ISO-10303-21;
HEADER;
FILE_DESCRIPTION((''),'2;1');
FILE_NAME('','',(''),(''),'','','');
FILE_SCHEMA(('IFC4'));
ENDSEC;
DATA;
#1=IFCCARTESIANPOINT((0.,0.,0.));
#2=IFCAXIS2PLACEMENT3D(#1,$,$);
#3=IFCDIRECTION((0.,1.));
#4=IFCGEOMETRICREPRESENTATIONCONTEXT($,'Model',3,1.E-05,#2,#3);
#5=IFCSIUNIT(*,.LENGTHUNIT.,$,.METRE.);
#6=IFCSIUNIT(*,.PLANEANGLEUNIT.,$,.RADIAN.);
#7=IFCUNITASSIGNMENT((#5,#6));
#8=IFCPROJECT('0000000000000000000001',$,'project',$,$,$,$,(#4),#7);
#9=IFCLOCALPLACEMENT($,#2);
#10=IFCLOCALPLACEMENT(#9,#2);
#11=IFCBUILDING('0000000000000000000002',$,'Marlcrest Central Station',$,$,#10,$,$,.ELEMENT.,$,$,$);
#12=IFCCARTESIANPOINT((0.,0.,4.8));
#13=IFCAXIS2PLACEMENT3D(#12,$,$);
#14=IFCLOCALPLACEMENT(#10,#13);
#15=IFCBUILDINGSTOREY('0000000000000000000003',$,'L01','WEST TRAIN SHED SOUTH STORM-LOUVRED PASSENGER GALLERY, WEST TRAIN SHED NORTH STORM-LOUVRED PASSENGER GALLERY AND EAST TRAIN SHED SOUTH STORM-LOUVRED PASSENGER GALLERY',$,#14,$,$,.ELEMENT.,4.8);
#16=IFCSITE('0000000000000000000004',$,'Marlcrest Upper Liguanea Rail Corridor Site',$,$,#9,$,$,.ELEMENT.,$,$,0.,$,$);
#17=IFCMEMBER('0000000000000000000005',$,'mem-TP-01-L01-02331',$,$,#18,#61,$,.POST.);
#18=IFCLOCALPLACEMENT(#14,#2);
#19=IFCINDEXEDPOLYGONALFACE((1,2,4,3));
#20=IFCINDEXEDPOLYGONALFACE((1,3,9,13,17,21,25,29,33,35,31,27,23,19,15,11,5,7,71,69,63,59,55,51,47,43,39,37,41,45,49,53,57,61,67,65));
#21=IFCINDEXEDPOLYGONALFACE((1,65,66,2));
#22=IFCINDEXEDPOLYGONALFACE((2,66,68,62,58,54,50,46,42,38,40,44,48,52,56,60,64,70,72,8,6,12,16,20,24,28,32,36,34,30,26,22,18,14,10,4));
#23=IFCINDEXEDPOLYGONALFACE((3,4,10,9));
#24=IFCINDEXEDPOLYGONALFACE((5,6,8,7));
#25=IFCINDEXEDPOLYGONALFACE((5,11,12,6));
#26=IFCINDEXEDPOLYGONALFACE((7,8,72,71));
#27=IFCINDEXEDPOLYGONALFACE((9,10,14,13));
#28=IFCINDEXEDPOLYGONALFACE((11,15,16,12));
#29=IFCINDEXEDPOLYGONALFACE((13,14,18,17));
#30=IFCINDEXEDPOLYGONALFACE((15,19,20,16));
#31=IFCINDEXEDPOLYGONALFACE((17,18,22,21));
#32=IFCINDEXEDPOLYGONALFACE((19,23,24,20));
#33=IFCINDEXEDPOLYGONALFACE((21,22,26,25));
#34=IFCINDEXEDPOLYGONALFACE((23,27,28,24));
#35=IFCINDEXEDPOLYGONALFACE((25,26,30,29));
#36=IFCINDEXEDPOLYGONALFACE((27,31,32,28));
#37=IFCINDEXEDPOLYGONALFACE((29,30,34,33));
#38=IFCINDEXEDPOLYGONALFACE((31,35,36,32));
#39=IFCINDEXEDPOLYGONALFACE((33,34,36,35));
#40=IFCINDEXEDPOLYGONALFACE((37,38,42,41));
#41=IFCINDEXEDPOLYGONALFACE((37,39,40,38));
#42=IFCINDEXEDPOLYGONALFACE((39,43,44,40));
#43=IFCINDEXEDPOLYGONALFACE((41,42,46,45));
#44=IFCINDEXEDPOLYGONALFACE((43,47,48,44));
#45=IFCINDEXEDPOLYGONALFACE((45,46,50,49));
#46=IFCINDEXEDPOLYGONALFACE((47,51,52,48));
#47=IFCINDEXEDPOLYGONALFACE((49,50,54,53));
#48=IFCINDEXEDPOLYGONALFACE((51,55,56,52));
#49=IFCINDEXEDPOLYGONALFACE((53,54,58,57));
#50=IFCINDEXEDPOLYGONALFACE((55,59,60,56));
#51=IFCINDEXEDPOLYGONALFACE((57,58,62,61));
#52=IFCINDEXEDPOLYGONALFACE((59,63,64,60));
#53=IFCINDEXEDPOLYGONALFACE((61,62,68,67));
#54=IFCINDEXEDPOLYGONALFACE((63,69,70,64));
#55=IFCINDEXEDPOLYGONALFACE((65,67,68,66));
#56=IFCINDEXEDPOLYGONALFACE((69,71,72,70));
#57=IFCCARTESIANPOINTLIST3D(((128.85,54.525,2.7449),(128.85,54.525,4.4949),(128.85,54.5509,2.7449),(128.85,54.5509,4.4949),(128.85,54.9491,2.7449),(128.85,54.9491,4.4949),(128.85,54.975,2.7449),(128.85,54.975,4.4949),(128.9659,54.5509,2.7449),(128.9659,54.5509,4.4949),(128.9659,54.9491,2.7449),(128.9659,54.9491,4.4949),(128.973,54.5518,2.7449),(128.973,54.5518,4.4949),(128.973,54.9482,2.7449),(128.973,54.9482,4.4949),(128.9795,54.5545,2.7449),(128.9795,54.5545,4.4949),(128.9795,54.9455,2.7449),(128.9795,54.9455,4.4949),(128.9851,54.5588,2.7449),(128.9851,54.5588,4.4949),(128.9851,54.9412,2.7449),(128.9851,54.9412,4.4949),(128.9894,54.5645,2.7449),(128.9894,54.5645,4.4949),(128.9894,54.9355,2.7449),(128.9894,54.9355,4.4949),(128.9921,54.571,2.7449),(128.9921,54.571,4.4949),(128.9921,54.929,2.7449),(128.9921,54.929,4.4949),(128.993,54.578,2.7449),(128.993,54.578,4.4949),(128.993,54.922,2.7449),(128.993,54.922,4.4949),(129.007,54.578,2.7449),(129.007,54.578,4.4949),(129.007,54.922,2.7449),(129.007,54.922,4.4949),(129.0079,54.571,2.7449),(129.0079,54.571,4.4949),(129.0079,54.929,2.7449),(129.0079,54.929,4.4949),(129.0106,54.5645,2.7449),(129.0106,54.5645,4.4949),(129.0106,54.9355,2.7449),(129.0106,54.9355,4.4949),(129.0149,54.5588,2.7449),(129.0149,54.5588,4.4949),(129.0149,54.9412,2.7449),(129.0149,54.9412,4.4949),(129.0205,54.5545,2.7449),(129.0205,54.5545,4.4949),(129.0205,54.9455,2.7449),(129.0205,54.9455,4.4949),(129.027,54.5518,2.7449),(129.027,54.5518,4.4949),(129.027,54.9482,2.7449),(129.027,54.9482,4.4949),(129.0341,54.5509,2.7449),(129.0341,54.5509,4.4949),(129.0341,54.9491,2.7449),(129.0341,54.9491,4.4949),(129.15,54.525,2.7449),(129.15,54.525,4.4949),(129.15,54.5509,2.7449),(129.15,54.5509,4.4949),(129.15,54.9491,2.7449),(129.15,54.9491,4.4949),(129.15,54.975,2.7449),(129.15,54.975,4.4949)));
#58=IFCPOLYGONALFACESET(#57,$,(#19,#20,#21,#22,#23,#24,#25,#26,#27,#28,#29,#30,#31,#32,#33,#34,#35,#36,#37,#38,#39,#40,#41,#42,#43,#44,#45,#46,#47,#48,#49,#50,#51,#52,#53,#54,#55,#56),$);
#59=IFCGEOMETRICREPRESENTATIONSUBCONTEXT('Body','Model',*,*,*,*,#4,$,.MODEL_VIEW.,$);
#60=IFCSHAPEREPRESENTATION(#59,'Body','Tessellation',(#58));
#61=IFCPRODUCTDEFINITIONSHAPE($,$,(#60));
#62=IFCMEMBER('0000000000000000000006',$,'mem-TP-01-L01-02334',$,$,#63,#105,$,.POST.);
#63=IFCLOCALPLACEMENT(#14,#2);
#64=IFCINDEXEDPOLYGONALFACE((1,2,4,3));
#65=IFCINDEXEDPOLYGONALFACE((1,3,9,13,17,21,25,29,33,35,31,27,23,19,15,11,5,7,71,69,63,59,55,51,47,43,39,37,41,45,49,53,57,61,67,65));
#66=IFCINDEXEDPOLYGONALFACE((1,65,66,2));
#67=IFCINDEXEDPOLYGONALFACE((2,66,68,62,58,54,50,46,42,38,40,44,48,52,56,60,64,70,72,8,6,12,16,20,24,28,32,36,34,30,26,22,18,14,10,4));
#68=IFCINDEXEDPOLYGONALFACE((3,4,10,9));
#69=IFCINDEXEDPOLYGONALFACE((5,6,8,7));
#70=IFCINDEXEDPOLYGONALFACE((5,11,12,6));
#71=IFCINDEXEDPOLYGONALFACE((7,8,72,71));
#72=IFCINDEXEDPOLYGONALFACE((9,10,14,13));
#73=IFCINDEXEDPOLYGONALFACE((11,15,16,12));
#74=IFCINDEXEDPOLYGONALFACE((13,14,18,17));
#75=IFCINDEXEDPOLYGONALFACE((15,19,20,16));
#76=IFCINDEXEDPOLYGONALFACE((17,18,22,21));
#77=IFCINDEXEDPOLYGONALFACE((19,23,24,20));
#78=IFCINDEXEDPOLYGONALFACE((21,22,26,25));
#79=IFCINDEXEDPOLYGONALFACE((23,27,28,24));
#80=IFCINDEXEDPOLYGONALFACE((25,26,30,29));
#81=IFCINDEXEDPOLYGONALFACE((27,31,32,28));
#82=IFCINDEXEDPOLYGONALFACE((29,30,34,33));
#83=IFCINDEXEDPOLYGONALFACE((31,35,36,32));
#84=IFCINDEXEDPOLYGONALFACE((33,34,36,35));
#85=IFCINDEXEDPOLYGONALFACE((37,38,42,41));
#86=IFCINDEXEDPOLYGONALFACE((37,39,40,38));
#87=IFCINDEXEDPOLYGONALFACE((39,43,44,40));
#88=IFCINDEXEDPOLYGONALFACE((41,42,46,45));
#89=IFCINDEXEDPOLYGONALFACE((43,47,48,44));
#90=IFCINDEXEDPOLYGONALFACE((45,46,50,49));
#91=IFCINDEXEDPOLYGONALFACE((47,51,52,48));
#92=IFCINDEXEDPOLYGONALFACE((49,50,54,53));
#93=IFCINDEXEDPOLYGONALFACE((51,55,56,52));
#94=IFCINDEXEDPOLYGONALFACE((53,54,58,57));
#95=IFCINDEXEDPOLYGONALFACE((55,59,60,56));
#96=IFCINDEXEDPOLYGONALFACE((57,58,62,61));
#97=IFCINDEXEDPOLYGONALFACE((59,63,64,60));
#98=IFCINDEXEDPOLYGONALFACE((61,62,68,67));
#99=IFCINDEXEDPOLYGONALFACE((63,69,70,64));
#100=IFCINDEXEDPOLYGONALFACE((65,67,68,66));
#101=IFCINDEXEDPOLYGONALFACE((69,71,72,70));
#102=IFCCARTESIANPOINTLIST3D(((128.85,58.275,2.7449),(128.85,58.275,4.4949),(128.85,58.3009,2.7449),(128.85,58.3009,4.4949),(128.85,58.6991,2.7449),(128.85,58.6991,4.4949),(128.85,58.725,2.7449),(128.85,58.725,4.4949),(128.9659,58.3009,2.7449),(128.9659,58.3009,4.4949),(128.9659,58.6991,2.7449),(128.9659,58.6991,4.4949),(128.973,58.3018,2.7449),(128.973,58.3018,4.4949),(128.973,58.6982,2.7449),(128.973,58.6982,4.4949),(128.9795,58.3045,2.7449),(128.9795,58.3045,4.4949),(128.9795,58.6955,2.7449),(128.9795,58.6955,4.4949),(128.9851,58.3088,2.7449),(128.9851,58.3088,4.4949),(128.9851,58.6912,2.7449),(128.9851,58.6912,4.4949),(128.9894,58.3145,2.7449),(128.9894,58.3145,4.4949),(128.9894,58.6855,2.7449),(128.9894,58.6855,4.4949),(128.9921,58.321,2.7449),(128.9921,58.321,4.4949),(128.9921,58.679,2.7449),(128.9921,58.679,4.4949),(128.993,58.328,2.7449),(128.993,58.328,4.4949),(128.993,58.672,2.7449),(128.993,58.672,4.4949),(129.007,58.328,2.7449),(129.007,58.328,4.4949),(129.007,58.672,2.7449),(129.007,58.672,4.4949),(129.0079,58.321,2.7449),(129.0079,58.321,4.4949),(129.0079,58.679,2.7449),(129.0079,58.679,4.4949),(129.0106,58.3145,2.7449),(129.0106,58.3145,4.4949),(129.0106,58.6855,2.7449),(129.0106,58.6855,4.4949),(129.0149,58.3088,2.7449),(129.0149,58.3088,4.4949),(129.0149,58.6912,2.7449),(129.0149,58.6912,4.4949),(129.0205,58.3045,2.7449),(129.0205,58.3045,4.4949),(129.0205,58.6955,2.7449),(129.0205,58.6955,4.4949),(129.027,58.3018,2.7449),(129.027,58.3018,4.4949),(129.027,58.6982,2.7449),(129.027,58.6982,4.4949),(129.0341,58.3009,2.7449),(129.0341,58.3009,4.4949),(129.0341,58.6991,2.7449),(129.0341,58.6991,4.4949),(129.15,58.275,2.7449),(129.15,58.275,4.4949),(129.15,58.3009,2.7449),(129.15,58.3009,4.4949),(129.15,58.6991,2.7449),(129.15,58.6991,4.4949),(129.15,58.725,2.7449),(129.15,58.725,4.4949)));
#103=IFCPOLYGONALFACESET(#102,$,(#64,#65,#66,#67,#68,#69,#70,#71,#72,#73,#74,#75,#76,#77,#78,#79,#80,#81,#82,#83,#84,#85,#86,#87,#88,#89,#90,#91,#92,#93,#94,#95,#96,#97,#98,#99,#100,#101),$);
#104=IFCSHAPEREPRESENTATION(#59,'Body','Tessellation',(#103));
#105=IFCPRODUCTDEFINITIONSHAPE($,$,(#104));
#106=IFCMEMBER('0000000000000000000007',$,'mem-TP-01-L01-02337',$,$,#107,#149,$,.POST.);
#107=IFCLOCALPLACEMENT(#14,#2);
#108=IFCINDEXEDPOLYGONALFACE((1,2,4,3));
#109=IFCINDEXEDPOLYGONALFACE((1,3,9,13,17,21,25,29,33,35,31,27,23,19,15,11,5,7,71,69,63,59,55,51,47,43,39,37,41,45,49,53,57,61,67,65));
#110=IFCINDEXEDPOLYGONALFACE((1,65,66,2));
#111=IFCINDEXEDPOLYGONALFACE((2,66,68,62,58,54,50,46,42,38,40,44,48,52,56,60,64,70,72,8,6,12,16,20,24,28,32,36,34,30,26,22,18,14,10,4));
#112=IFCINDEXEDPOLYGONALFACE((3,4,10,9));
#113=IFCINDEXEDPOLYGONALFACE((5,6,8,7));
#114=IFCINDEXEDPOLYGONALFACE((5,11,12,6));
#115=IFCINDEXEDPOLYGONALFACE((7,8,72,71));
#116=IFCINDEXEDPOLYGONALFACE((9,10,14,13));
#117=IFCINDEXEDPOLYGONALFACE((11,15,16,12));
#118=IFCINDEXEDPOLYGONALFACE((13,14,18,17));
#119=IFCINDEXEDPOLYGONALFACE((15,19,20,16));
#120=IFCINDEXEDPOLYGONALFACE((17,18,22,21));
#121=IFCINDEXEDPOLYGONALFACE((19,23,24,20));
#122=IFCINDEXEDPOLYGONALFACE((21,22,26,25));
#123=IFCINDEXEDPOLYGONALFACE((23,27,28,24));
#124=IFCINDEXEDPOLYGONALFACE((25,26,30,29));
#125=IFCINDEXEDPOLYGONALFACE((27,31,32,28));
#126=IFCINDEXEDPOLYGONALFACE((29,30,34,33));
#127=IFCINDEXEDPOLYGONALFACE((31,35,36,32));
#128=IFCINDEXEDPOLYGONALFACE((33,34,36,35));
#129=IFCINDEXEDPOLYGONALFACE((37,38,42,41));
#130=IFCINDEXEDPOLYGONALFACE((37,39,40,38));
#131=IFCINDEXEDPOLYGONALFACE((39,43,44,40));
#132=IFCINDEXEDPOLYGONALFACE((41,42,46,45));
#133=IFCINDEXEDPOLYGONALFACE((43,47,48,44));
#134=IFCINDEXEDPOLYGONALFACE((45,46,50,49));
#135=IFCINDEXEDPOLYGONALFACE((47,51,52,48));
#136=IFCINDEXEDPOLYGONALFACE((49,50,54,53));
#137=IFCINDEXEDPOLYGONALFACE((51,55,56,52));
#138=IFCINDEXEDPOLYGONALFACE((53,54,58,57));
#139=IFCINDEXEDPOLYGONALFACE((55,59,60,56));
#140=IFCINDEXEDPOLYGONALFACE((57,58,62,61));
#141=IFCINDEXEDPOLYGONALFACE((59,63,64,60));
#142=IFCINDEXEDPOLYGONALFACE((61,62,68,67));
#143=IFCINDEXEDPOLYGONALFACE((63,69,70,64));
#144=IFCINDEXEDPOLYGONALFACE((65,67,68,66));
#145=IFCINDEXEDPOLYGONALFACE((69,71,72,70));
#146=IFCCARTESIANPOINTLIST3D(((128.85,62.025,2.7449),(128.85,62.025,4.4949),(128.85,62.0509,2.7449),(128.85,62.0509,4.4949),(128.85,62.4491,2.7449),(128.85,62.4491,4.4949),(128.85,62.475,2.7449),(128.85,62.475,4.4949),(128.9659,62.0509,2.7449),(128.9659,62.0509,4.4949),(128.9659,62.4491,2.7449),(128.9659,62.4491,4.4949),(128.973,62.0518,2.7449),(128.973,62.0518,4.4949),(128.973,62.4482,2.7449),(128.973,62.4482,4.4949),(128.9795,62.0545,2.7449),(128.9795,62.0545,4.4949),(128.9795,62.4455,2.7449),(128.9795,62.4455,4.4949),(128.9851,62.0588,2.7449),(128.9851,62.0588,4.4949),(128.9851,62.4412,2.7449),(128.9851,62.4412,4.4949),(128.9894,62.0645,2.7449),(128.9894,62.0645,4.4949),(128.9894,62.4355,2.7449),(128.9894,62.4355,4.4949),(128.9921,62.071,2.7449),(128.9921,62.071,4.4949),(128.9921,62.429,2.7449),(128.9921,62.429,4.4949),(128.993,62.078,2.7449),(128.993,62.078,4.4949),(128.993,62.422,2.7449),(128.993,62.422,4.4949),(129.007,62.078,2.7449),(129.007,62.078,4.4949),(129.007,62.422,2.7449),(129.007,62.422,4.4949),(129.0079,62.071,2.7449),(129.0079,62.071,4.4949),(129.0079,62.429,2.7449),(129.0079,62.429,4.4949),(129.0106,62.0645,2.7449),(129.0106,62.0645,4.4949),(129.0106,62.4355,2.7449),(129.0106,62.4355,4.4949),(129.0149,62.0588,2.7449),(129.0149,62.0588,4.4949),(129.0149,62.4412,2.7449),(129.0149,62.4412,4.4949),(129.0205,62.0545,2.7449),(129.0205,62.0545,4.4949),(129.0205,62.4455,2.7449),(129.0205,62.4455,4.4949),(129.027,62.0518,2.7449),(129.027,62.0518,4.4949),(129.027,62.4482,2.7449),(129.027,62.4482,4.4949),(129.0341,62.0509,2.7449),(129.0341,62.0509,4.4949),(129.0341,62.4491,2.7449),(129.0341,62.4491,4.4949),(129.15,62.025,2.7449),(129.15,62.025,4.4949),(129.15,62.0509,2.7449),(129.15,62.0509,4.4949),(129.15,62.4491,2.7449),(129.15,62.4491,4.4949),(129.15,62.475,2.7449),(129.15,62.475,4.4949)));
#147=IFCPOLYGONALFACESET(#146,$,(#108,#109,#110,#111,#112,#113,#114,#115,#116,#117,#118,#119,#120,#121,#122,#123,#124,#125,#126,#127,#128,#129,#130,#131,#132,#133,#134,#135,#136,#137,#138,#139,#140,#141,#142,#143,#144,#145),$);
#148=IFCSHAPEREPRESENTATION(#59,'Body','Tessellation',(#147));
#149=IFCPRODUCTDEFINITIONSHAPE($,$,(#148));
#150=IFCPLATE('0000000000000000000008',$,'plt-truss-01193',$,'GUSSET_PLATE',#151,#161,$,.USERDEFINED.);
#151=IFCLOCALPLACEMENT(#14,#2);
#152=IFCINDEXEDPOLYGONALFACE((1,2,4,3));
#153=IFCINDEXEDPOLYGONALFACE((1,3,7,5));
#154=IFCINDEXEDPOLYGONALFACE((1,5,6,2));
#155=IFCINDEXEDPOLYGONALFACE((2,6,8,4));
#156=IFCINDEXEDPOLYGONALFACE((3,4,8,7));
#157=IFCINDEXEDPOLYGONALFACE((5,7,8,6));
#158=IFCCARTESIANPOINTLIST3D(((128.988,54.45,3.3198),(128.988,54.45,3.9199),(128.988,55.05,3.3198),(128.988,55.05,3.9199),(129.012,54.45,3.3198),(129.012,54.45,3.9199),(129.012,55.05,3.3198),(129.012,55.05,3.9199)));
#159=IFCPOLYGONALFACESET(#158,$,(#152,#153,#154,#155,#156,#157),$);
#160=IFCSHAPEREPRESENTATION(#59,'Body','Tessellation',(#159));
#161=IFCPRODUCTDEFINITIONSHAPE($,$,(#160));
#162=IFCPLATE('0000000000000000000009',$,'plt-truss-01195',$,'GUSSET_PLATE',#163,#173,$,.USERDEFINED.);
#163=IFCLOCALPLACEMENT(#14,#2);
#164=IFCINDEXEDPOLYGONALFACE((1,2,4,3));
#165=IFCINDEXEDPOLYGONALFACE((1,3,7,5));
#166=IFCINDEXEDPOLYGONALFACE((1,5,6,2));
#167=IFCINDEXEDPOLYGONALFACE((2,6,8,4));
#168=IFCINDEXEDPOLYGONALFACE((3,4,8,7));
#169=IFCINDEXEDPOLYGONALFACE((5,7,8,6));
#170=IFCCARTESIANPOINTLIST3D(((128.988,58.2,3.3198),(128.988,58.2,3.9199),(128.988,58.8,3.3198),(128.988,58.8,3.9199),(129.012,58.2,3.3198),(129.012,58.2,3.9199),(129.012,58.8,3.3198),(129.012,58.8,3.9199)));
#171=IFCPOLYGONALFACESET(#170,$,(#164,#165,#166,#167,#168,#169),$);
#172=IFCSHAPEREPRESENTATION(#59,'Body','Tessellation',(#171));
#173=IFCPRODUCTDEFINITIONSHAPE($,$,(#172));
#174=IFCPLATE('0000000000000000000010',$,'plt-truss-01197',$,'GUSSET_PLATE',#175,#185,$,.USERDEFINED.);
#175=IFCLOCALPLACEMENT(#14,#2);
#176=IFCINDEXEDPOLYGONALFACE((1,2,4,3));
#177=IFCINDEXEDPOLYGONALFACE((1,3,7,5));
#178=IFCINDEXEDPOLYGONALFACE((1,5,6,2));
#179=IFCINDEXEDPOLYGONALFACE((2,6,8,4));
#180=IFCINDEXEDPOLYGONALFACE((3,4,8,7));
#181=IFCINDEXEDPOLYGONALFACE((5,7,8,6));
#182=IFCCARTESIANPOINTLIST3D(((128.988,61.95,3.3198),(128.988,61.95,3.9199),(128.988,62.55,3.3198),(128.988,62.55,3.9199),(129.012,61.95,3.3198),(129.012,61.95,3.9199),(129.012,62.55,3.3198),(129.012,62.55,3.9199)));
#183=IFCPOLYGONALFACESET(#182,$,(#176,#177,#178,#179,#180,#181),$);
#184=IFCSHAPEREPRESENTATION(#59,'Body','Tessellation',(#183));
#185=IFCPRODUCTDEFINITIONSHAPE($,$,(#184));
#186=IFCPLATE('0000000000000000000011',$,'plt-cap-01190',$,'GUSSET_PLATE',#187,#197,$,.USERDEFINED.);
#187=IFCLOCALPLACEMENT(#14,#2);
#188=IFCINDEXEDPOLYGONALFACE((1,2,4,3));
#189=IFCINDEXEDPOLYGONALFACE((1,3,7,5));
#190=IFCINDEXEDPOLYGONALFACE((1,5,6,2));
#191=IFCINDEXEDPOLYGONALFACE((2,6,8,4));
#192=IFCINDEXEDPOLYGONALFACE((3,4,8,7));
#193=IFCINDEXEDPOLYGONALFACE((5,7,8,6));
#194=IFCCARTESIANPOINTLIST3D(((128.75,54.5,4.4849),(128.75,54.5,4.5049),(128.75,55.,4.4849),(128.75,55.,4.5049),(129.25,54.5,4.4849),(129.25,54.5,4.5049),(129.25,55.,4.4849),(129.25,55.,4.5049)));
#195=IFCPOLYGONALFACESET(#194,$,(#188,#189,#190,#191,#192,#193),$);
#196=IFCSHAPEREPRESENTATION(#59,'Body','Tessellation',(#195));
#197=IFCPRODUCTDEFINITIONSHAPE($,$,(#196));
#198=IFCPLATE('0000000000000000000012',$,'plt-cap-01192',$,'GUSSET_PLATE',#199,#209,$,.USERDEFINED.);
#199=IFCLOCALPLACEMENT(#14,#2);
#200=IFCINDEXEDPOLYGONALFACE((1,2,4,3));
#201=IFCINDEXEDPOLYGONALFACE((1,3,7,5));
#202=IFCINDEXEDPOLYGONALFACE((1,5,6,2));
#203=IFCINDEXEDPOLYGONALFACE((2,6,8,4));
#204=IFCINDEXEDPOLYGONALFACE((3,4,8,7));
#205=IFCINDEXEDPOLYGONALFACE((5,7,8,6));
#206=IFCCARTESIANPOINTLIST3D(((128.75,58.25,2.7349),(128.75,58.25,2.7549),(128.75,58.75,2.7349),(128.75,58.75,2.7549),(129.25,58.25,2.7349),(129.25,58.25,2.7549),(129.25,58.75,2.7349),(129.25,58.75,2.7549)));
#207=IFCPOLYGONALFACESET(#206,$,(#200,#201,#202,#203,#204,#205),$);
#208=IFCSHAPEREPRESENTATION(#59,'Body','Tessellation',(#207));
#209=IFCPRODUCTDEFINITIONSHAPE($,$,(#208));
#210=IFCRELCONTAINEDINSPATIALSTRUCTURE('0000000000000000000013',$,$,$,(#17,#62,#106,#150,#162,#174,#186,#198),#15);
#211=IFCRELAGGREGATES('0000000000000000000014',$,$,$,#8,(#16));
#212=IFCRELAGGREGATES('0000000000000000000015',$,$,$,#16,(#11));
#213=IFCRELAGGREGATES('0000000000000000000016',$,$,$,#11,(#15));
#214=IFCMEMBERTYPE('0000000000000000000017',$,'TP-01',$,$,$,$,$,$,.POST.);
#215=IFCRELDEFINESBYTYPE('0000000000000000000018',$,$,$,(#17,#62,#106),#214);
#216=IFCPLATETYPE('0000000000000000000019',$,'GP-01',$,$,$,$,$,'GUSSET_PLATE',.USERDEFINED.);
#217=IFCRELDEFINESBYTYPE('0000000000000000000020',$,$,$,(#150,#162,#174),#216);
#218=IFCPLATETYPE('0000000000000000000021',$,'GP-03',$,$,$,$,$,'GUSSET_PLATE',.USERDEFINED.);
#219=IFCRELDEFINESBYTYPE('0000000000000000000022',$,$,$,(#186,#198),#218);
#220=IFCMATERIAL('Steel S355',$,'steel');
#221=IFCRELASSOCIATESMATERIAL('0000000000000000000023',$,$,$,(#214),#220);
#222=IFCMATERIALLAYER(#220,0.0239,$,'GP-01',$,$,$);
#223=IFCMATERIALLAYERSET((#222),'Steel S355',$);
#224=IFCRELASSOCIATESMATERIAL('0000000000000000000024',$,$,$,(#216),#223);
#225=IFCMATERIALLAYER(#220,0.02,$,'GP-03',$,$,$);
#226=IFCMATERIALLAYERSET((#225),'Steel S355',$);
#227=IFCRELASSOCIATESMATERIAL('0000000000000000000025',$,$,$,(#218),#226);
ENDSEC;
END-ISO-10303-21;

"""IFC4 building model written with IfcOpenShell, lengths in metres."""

from ifc_helpers import new_model, si_unit, direction, frame, origin, origin_2d, place, context, subcontext, project, spatial, rectangle, i_section, extrude, material, layer, layer_set, material_profile, profile_set, type_object, element, save


model = new_model("IFC4")

# Units and contexts
model_context = context("Model", 3, precision=1e-05, world=origin(), true_north=direction((0.0, 1.0)))
body_context = subcontext(model_context, "Body", "Model", "MODEL_VIEW")
ifc_project = project(units=[si_unit("LENGTHUNIT", "METRE"), si_unit("PLANEANGLEUNIT", "RADIAN")], contexts=[model_context])

# Site, building, storey
site_placement = place(None, origin())
site = spatial("IfcSite", under=ifc_project, at=site_placement, Name="Marlcrest Upper Liguanea Rail Corridor Site", CompositionType="ELEMENT", RefElevation=0.0)
building_placement = place(site_placement, origin())
building = spatial("IfcBuilding", under=site, at=building_placement, Name="Marlcrest Central Station", CompositionType="ELEMENT")
storey_placement = place(building_placement, frame((0.0, 0.0, 4.8)))
storey = spatial("IfcBuildingStorey", under=building, at=storey_placement, Name="L01", Description="WEST TRAIN SHED SOUTH STORM-LOUVRED PASSENGER GALLERY, WEST TRAIN SHED NORTH STORM-LOUVRED PASSENGER GALLERY AND EAST TRAIN SHED SOUTH STORM-LOUVRED PASSENGER GALLERY", CompositionType="ELEMENT", Elevation=4.8)

# Shared definitions
ifc_material = material(Name="Steel S355", Category="steel")

# Members
ifc_material_profile_1 = material_profile(ifc_material, i_section(OverallWidth=0.3, OverallDepth=0.45, WebThickness=0.0139, FlangeThickness=0.0259, FilletRadius=0.0271, at=origin_2d()), Name="HEB 450")
ifc_profile_set_1 = profile_set([ifc_material_profile_1], Name="Steel S355")
member_type_1 = type_object("IfcMemberType", Name="TP-01", PredefinedType="POST", material=ifc_profile_set_1)
for number, where, z_axis, x_axis, name in (
    (1, (129.0, 54.75, 2.7449), (0.0, 0.0, 1.0), (1.0, 0.0, 0.0), "mem-TP-01-L01-02331"),
    (2, (129.0, 58.5, 2.7449), (0.0, 0.0, 1.0), (1.0, 0.0, 0.0), "mem-TP-01-L01-02334"),
    (3, (129.0, 62.25, 2.7449), (0.0, 0.0, 1.0), (1.0, 0.0, 0.0), "mem-TP-01-L01-02337"),
):
    element("IfcMember", number, at=place(storey_placement, frame(where, z_axis=z_axis, x_axis=x_axis)), inside=storey, type_object=member_type_1, Name=name, PredefinedType="POST", context=body_context, shape_type="SweptSolid", body=[
        extrude(i_section(OverallWidth=0.3, OverallDepth=0.45, WebThickness=0.0139, FlangeThickness=0.0259, FilletRadius=0.0271, at=origin_2d()), origin(), (0.0, 0.0, 1.0), 1.75),
    ])

# Plates
ifc_layer_1 = layer(ifc_material, 0.0239, Name="GP-01")
ifc_layer_set_1 = layer_set([ifc_layer_1], Name="Steel S355")
plate_type_1 = type_object("IfcPlateType", Name="GP-01", ElementType="GUSSET_PLATE", PredefinedType="USERDEFINED", material=ifc_layer_set_1)
for number, where, z_axis, x_axis, name in (
    (4, (129.0, 54.75, 3.3198), (0.0, 0.0, 1.0), (1.0, 0.0, 0.0), "plt-truss-01193"),
    (5, (129.0, 58.5, 3.3198), (0.0, 0.0, 1.0), (1.0, 0.0, 0.0), "plt-truss-01195"),
    (6, (129.0, 62.25, 3.3198), (0.0, 0.0, 1.0), (1.0, 0.0, 0.0), "plt-truss-01197"),
):
    element("IfcPlate", number, at=place(storey_placement, frame(where, z_axis=z_axis, x_axis=x_axis)), inside=storey, type_object=plate_type_1, Name=name, ObjectType="GUSSET_PLATE", PredefinedType="USERDEFINED", context=body_context, shape_type="SweptSolid", body=[
        extrude(rectangle(XDim=0.0239, YDim=0.6001, at=origin_2d()), origin(), (0.0, 0.0, 1.0), 0.6001),
    ])
ifc_layer_2 = layer(ifc_material, 0.02, Name="GP-03")
ifc_layer_set_2 = layer_set([ifc_layer_2], Name="Steel S355")
plate_type_2 = type_object("IfcPlateType", Name="GP-03", ElementType="GUSSET_PLATE", PredefinedType="USERDEFINED", material=ifc_layer_set_2)
for number, where, z_axis, x_axis, name in (
    (7, (129.0, 54.75, 4.4849), (0.0, 0.0, 1.0), (1.0, 0.0, 0.0), "plt-cap-01190"),
    (8, (129.0, 58.5, 2.7349), (0.0, 0.0, 1.0), (1.0, 0.0, 0.0), "plt-cap-01192"),
):
    element("IfcPlate", number, at=place(storey_placement, frame(where, z_axis=z_axis, x_axis=x_axis)), inside=storey, type_object=plate_type_2, Name=name, ObjectType="GUSSET_PLATE", PredefinedType="USERDEFINED", context=body_context, shape_type="SweptSolid", body=[
        extrude(rectangle(XDim=0.5, YDim=0.5, at=origin_2d()), origin(), (0.0, 0.0, 1.0), 0.02),
    ])

save(model, "model.ifc")
